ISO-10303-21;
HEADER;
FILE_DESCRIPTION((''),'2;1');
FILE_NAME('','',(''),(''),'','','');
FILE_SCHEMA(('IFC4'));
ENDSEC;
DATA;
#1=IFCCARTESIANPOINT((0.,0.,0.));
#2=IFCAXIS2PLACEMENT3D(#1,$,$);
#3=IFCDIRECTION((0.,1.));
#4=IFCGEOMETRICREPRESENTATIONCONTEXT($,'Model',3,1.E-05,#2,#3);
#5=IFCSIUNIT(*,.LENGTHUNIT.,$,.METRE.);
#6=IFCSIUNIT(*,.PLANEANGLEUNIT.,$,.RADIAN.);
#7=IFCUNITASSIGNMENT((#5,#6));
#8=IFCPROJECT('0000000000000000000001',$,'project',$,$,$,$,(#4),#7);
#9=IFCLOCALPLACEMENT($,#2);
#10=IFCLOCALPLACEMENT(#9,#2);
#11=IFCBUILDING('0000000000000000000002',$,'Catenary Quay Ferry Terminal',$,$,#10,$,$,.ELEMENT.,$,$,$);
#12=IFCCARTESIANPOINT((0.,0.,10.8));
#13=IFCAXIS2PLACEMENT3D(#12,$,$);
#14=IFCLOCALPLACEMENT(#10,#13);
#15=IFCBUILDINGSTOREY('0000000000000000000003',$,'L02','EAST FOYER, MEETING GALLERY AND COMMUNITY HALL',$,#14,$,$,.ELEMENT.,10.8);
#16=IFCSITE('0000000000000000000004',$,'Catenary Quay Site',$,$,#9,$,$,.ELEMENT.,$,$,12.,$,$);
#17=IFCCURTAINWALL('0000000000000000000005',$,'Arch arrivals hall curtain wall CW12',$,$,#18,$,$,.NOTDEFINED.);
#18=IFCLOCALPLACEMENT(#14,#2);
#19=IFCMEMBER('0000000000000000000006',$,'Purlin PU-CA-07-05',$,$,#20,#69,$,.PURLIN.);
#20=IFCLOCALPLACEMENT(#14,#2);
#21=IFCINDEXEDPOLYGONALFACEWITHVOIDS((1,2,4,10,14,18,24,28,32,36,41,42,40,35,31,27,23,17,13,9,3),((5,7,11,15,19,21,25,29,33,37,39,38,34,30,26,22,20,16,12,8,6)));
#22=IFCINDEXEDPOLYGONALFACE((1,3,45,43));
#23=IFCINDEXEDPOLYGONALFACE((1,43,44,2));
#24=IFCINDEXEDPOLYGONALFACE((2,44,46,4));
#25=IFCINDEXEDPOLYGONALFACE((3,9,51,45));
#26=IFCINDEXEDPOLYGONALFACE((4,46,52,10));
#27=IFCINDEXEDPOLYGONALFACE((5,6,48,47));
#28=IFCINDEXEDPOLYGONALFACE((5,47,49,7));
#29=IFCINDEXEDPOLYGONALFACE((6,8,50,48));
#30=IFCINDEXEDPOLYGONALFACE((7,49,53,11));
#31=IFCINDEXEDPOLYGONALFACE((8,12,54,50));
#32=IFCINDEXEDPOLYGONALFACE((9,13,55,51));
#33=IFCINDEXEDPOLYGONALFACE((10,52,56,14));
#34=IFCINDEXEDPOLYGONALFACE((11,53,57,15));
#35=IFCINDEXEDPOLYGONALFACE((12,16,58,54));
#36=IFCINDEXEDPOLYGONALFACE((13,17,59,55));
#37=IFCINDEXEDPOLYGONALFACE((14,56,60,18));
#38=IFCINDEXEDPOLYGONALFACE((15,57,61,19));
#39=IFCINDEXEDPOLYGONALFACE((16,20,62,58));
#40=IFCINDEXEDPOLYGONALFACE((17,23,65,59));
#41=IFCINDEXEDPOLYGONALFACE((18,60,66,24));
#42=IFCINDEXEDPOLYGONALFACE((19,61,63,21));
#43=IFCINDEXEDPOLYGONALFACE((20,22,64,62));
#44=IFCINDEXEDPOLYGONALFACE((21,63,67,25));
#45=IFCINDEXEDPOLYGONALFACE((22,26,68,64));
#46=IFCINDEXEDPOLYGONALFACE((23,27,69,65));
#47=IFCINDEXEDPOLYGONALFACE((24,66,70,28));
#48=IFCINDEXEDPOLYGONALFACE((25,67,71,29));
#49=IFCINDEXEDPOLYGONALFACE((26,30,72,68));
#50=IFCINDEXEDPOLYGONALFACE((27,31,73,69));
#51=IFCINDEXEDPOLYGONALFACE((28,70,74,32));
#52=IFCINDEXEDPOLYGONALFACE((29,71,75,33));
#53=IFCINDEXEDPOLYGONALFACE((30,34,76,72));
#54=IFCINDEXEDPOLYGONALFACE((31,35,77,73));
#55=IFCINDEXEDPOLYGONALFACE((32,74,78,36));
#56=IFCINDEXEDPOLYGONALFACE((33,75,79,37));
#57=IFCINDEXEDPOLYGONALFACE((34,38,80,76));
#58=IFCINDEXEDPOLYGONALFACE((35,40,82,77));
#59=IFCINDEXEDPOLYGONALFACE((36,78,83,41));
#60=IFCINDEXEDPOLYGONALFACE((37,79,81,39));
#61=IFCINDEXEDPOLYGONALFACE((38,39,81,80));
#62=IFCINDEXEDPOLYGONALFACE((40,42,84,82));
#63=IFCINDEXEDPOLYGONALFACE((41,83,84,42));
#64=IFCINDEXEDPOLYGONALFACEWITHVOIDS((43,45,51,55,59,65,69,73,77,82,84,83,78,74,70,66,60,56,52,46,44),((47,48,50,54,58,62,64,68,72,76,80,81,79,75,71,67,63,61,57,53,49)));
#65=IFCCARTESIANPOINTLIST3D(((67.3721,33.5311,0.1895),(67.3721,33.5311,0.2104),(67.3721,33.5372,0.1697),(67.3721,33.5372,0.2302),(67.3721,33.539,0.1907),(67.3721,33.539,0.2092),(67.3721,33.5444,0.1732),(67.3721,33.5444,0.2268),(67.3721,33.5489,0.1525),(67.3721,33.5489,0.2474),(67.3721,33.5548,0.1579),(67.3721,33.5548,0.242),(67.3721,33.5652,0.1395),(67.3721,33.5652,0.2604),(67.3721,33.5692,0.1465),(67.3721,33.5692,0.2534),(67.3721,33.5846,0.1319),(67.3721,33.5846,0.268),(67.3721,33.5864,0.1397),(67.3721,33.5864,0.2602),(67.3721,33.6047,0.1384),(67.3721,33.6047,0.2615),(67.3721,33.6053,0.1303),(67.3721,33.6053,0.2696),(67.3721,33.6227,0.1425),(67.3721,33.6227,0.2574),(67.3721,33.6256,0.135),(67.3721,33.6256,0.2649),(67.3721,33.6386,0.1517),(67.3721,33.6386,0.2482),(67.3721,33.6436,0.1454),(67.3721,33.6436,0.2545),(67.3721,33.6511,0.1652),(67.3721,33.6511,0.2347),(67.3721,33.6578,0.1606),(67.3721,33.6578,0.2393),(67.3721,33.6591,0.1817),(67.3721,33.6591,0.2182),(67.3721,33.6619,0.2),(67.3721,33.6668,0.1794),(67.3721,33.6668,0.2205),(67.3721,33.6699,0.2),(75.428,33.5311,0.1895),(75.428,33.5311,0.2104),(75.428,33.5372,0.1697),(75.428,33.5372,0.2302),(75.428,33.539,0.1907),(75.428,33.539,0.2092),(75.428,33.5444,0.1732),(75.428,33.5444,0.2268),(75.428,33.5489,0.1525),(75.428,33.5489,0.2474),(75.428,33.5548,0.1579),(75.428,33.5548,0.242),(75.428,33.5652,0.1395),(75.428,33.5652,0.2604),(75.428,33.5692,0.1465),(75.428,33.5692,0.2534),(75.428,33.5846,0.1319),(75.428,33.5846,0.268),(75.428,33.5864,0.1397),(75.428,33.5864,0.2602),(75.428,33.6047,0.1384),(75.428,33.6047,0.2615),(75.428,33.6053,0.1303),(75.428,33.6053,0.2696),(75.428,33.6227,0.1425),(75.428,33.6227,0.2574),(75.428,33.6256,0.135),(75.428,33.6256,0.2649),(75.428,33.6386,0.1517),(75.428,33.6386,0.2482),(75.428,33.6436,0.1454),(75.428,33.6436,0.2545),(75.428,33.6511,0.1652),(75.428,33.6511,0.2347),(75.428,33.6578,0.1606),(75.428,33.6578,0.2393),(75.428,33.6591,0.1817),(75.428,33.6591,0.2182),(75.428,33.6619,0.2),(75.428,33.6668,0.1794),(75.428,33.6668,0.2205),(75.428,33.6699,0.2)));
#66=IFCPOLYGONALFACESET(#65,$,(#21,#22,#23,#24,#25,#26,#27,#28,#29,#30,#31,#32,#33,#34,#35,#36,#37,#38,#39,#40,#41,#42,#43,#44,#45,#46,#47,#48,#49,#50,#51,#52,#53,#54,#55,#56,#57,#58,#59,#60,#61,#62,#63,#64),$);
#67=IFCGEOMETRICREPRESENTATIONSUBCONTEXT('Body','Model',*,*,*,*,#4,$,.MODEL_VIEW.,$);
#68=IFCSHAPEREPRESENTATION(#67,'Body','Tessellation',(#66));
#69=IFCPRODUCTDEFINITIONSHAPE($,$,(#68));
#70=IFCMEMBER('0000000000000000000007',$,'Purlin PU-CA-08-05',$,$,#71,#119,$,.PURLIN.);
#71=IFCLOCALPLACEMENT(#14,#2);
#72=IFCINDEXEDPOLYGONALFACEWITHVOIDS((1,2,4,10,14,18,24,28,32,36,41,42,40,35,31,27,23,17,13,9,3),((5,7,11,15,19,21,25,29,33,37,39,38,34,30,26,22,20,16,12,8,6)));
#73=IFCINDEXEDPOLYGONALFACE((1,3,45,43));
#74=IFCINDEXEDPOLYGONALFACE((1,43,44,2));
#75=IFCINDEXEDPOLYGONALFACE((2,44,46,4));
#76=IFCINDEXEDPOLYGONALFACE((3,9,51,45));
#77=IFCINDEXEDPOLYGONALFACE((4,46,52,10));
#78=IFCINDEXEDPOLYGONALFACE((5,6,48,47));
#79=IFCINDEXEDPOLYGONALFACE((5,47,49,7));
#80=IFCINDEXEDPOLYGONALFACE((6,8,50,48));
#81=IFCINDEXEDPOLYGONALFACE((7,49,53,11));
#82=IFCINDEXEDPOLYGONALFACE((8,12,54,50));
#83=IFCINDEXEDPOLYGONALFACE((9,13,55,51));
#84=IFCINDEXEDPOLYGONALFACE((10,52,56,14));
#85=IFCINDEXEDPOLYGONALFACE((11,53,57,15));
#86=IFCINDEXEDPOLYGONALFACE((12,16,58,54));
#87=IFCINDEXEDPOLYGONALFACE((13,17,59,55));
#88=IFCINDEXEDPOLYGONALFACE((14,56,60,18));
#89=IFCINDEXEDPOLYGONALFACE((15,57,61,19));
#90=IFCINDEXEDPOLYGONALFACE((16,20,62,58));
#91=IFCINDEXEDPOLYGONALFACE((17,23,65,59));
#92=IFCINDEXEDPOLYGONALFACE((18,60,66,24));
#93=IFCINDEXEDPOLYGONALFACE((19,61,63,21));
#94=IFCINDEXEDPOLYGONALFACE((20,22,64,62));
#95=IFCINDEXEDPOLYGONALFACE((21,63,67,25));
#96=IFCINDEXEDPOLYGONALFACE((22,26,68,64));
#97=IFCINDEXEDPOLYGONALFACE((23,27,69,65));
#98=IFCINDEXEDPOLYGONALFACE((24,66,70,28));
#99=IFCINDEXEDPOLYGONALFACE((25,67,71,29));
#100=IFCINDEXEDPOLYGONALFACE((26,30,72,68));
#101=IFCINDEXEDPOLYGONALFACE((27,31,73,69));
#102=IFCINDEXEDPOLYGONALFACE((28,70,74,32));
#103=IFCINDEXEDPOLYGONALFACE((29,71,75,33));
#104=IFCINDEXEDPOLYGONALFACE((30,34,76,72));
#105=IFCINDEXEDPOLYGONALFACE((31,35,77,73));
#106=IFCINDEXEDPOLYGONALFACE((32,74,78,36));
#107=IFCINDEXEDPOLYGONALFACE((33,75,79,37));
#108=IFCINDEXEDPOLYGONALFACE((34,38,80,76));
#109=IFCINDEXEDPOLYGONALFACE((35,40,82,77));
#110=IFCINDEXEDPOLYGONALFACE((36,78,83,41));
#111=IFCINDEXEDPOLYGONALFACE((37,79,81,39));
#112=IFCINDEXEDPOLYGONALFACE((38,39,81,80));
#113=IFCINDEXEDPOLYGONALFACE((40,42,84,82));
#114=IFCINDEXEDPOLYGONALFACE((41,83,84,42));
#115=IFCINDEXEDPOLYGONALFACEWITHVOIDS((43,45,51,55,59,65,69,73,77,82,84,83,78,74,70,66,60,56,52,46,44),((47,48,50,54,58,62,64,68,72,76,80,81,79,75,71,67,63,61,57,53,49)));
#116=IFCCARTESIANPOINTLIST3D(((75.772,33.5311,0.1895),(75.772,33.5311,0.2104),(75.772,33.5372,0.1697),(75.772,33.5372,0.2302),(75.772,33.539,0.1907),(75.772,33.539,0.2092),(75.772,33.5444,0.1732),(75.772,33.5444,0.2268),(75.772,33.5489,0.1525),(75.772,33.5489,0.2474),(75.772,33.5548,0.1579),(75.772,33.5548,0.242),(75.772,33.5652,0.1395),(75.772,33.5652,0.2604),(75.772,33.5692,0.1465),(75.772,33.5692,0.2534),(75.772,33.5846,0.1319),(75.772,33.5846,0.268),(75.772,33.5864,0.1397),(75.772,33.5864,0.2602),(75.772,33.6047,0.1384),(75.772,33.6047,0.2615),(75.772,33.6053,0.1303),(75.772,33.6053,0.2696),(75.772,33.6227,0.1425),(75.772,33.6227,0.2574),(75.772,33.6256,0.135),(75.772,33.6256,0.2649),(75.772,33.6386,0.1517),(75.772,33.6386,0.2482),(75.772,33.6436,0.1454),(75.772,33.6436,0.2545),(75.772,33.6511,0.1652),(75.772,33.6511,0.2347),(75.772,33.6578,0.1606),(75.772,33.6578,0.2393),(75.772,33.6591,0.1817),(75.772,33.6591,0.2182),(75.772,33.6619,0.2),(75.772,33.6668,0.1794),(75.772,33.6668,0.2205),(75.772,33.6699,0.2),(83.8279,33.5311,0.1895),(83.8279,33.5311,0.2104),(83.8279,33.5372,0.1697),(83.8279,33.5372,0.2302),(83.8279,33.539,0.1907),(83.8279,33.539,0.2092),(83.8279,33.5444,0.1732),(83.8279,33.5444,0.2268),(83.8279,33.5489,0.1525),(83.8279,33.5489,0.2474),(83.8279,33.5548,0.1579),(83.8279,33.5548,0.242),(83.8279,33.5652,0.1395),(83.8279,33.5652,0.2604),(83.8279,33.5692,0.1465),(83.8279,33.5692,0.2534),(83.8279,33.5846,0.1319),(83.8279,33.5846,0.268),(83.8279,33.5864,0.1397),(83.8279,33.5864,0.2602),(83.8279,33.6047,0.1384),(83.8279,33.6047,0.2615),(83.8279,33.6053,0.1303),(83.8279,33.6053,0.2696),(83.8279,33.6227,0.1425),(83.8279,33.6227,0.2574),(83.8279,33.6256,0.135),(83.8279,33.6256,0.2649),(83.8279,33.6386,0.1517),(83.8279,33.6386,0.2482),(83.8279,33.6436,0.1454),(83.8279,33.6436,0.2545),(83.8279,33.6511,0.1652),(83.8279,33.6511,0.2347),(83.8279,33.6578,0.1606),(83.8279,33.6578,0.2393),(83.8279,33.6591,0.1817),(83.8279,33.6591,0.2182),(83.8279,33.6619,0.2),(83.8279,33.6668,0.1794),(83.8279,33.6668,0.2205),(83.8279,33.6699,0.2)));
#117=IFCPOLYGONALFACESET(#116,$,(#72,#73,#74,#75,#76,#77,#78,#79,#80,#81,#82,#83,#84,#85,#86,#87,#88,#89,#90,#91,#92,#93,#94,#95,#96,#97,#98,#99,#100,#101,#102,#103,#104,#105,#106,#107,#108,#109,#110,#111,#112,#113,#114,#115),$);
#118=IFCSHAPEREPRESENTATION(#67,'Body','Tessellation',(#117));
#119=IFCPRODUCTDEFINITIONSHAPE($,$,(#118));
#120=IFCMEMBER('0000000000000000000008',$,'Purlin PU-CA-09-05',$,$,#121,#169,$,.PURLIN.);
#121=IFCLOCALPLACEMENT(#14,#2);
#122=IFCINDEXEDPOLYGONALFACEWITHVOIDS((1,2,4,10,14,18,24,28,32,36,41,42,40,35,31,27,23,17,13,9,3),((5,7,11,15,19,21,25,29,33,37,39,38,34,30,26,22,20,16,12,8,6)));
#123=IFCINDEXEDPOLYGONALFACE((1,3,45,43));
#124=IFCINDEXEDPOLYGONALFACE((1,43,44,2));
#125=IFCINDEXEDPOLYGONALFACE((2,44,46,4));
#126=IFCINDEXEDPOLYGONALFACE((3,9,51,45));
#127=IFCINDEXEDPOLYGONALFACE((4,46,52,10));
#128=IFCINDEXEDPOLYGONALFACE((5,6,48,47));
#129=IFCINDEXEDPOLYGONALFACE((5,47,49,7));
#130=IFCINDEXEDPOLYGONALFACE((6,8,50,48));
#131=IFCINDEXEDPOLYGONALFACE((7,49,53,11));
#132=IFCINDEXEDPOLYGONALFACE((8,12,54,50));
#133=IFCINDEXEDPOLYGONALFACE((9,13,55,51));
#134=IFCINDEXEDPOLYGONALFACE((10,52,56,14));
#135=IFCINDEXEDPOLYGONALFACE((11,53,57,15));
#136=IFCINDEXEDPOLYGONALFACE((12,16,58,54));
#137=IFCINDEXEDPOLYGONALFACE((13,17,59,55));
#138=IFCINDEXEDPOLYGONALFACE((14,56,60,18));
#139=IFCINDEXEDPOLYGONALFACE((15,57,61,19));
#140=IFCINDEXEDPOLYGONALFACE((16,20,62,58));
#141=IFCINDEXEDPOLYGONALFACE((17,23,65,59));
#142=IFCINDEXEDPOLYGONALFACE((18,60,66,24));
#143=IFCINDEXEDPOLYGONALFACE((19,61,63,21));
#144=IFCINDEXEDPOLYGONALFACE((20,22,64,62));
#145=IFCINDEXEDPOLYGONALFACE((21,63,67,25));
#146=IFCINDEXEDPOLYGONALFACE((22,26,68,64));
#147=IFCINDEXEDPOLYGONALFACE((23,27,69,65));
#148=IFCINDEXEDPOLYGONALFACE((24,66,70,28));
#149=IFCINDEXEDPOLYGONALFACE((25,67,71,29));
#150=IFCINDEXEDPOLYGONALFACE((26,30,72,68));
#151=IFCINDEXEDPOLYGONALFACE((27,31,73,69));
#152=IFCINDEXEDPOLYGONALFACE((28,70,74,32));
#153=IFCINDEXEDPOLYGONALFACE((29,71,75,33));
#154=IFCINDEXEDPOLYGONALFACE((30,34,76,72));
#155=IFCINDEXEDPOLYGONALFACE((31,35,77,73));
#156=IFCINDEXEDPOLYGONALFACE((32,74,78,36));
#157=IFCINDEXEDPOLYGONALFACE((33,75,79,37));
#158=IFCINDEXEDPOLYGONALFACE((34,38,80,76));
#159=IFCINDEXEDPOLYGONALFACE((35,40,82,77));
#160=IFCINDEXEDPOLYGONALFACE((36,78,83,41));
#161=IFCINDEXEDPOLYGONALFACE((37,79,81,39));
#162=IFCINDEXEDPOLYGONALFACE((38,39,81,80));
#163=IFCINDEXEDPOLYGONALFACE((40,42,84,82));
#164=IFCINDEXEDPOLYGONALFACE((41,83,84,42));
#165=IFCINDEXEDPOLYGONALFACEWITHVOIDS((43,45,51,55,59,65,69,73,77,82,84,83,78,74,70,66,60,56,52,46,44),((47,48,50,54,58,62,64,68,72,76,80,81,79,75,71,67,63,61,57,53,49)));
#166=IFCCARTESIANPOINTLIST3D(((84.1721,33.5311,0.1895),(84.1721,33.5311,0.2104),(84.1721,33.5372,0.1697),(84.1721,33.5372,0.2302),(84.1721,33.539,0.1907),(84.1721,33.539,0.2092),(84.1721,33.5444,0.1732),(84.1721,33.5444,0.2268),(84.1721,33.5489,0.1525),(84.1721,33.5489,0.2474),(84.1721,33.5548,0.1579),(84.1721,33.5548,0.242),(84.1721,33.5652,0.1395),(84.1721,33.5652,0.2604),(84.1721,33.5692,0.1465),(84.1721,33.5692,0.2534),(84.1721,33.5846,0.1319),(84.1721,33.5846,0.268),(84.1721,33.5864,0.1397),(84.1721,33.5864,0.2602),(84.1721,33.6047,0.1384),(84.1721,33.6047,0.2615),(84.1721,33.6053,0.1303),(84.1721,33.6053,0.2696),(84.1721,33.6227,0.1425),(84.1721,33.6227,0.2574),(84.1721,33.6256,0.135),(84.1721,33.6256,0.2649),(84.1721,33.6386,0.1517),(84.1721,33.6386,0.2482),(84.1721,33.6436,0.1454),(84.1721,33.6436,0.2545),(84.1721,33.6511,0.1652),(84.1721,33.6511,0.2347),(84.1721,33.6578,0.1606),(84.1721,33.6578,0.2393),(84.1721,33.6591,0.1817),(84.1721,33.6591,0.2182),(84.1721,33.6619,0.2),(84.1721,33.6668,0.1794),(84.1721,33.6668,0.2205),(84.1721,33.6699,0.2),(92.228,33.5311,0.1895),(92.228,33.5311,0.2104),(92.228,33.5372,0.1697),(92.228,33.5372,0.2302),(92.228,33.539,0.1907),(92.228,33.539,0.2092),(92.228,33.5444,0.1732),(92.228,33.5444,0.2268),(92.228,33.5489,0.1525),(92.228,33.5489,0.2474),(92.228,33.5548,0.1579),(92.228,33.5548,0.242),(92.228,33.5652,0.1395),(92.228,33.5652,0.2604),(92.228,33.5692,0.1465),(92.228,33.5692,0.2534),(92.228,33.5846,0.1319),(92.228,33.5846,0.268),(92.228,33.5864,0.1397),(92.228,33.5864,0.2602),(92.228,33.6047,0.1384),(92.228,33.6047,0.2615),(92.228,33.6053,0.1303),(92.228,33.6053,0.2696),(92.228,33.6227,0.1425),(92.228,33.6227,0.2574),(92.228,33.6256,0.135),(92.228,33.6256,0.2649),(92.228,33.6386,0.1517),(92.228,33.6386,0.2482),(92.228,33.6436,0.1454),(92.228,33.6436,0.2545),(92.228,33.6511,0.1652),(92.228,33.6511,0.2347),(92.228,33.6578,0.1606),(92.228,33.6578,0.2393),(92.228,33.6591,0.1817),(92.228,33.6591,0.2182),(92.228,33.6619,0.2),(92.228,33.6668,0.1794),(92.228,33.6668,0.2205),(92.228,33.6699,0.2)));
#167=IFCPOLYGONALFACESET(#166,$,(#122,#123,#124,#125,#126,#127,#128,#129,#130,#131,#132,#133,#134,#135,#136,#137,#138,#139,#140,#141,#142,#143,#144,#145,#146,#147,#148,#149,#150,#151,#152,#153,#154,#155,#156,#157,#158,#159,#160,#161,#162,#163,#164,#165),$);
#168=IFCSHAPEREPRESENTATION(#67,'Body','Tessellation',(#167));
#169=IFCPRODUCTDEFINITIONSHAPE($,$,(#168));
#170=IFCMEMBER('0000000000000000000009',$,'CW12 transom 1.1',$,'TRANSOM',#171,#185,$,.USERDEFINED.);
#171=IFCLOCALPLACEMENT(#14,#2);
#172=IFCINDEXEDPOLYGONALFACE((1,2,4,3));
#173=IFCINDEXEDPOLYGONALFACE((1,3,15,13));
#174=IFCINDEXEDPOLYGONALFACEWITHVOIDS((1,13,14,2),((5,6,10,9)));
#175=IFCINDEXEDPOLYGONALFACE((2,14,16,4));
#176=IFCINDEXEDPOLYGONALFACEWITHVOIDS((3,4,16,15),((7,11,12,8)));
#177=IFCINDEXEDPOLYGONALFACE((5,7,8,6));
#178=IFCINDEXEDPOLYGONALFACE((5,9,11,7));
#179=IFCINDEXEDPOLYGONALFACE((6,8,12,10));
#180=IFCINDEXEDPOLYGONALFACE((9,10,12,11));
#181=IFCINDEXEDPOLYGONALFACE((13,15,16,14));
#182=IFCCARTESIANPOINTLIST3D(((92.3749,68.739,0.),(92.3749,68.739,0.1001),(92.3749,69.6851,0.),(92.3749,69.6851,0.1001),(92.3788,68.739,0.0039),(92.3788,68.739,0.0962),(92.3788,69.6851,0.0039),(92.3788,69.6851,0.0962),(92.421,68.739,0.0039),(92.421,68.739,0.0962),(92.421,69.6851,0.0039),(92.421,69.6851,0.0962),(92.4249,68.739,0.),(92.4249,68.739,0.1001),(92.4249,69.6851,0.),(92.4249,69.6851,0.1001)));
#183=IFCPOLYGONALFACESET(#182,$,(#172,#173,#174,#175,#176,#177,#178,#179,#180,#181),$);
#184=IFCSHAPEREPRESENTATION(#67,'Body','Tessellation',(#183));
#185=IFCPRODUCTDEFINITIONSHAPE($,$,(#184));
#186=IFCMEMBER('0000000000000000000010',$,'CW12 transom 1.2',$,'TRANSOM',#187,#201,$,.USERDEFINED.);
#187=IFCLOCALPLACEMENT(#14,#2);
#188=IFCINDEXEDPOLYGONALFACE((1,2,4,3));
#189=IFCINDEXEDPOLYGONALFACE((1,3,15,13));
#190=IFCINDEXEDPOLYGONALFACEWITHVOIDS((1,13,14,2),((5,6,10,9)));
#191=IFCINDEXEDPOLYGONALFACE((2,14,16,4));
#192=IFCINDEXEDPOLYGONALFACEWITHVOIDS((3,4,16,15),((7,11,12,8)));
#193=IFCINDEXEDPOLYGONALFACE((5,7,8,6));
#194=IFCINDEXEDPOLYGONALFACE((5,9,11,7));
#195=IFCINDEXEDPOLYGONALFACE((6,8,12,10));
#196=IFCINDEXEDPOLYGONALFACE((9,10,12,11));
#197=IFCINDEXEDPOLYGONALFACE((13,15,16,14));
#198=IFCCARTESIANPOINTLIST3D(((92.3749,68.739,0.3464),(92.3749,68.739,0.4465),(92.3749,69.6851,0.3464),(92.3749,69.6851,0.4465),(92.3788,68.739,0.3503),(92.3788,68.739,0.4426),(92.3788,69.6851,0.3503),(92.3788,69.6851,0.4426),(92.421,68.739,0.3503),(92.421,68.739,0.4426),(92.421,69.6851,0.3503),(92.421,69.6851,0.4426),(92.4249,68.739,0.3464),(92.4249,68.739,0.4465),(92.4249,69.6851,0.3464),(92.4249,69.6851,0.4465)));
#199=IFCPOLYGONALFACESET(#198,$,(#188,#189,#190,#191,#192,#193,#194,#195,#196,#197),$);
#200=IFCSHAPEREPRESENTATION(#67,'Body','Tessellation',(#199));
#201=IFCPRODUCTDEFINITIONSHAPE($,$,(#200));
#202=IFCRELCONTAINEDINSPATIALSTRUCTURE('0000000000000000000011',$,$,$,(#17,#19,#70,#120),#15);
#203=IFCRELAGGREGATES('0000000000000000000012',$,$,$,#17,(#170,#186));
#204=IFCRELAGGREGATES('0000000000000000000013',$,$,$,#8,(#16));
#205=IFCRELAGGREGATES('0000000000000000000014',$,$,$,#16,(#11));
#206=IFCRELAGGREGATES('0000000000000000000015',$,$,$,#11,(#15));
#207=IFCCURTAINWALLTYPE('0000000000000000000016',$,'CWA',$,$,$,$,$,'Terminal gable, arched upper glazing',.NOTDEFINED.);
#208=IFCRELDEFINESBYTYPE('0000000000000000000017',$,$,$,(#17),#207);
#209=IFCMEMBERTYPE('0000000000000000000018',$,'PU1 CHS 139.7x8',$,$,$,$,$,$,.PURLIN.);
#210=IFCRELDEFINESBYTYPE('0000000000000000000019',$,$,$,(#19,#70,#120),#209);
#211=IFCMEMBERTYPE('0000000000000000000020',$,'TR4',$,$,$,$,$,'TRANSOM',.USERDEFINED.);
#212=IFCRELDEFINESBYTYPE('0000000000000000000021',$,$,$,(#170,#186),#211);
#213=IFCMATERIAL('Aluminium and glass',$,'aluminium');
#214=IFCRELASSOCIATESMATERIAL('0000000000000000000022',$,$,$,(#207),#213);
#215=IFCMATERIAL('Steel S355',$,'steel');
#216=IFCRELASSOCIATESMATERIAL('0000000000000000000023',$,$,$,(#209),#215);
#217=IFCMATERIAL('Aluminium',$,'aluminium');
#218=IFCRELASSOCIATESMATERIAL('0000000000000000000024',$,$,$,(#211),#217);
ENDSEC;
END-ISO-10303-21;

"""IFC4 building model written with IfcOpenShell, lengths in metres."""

from ifc_helpers import new_model, si_unit, direction, frame, origin, origin_2d, place, context, subcontext, project, spatial, hollow_rectangle, hollow_circle, extrude, material, material_profile, profile_set, type_object, element, aggregate, save


model = new_model("IFC4")

# Units and contexts
model_context = context("Model", 3, precision=1e-05, world=origin(), true_north=direction((0.0, 1.0)))
body_context = subcontext(model_context, "Body", "Model", "MODEL_VIEW")
ifc_project = project(units=[si_unit("LENGTHUNIT", "METRE"), si_unit("PLANEANGLEUNIT", "RADIAN")], contexts=[model_context])

# Site, building, storey
site_placement = place(None, origin())
site = spatial("IfcSite", under=ifc_project, at=site_placement, Name="Catenary Quay Site", CompositionType="ELEMENT", RefElevation=12.0)
building_placement = place(site_placement, origin())
building = spatial("IfcBuilding", under=site, at=building_placement, Name="Catenary Quay Ferry Terminal", CompositionType="ELEMENT")
storey_placement = place(building_placement, frame((0.0, 0.0, 10.8)))
storey = spatial("IfcBuildingStorey", under=building, at=storey_placement, Name="L02", Description="EAST FOYER, MEETING GALLERY AND COMMUNITY HALL", CompositionType="ELEMENT", Elevation=10.8)

# Curtain wall
ifc_material_1 = material(Name="Aluminium and glass", Category="aluminium")
curtain_wall_type = type_object("IfcCurtainWallType", Name="CWA", ElementType="Terminal gable, arched upper glazing", PredefinedType="NOTDEFINED", material=ifc_material_1)
curtain_wall_placement = place(storey_placement, origin())
curtain_wall = element("IfcCurtainWall", 1, at=curtain_wall_placement, inside=storey, type_object=curtain_wall_type, Name="Arch arrivals hall curtain wall CW12", PredefinedType="NOTDEFINED")

# Members
ifc_material_2 = material(Name="Steel S355", Category="steel")
ifc_material_profile_1 = material_profile(ifc_material_2, hollow_circle(Radius=0.0698, WallThickness=0.0081, at=origin_2d()), Name="CHS 139.7x8")
ifc_profile_set_1 = profile_set([ifc_material_profile_1], Name="Steel S355")
member_type_1 = type_object("IfcMemberType", Name="PU1 CHS 139.7x8", PredefinedType="PURLIN", material=ifc_profile_set_1)
for number, where, z_axis, x_axis, name in (
    (2, (67.3721, 33.6001, 0.2), (1.0, 0.0, 0.0), (0.0, 1.0, 0.0), "Purlin PU-CA-07-05"),
    (3, (75.772, 33.6001, 0.2), (1.0, 0.0, 0.0), (0.0, 1.0, 0.0), "Purlin PU-CA-08-05"),
    (4, (84.1721, 33.6001, 0.2), (1.0, 0.0, 0.0), (0.0, 1.0, 0.0), "Purlin PU-CA-09-05"),
):
    element("IfcMember", number, at=place(storey_placement, frame(where, z_axis=z_axis, x_axis=x_axis)), inside=storey, type_object=member_type_1, Name=name, PredefinedType="PURLIN", context=body_context, shape_type="SweptSolid", body=[
        extrude(hollow_circle(Radius=0.0698, WallThickness=0.0081, at=origin_2d()), origin(), (0.0, 0.0, 1.0), 8.0559),
    ])

# Members
ifc_material_3 = material(Name="Aluminium", Category="aluminium")
ifc_material_profile_2 = material_profile(ifc_material_3, hollow_rectangle(XDim=0.05, YDim=0.1001, WallThickness=0.0039, at=origin_2d()), Name="TR4")
ifc_profile_set_2 = profile_set([ifc_material_profile_2], Name="Aluminium")
member_type_2 = type_object("IfcMemberType", Name="TR4", ElementType="TRANSOM", PredefinedType="USERDEFINED", material=ifc_profile_set_2)
member_1_placement = place(storey_placement, frame((92.3999, 68.739, 0.05), z_axis=(0.0, 1.0, 0.0), x_axis=(-1.0, 0.0, 0.0)))
member_1 = element("IfcMember", 5, at=member_1_placement, type_object=member_type_2, Name="CW12 transom 1.1", ObjectType="TRANSOM", PredefinedType="USERDEFINED", context=body_context, shape_type="SweptSolid", body=[
    extrude(hollow_rectangle(XDim=0.05, YDim=0.1001, WallThickness=0.0039, at=origin_2d()), origin(), (0.0, 0.0, 1.0), 0.946),
])
member_2_placement = place(storey_placement, frame((92.3999, 68.739, 0.3965), z_axis=(0.0, 1.0, 0.0), x_axis=(-1.0, 0.0, 0.0)))
member_2 = element("IfcMember", 6, at=member_2_placement, type_object=member_type_2, Name="CW12 transom 1.2", ObjectType="TRANSOM", PredefinedType="USERDEFINED", context=body_context, shape_type="SweptSolid", body=[
    extrude(hollow_rectangle(XDim=0.05, YDim=0.1001, WallThickness=0.0039, at=origin_2d()), origin(), (0.0, 0.0, 1.0), 0.946),
])

aggregate(curtain_wall, [member_1, member_2])

save(model, "model.ifc")
